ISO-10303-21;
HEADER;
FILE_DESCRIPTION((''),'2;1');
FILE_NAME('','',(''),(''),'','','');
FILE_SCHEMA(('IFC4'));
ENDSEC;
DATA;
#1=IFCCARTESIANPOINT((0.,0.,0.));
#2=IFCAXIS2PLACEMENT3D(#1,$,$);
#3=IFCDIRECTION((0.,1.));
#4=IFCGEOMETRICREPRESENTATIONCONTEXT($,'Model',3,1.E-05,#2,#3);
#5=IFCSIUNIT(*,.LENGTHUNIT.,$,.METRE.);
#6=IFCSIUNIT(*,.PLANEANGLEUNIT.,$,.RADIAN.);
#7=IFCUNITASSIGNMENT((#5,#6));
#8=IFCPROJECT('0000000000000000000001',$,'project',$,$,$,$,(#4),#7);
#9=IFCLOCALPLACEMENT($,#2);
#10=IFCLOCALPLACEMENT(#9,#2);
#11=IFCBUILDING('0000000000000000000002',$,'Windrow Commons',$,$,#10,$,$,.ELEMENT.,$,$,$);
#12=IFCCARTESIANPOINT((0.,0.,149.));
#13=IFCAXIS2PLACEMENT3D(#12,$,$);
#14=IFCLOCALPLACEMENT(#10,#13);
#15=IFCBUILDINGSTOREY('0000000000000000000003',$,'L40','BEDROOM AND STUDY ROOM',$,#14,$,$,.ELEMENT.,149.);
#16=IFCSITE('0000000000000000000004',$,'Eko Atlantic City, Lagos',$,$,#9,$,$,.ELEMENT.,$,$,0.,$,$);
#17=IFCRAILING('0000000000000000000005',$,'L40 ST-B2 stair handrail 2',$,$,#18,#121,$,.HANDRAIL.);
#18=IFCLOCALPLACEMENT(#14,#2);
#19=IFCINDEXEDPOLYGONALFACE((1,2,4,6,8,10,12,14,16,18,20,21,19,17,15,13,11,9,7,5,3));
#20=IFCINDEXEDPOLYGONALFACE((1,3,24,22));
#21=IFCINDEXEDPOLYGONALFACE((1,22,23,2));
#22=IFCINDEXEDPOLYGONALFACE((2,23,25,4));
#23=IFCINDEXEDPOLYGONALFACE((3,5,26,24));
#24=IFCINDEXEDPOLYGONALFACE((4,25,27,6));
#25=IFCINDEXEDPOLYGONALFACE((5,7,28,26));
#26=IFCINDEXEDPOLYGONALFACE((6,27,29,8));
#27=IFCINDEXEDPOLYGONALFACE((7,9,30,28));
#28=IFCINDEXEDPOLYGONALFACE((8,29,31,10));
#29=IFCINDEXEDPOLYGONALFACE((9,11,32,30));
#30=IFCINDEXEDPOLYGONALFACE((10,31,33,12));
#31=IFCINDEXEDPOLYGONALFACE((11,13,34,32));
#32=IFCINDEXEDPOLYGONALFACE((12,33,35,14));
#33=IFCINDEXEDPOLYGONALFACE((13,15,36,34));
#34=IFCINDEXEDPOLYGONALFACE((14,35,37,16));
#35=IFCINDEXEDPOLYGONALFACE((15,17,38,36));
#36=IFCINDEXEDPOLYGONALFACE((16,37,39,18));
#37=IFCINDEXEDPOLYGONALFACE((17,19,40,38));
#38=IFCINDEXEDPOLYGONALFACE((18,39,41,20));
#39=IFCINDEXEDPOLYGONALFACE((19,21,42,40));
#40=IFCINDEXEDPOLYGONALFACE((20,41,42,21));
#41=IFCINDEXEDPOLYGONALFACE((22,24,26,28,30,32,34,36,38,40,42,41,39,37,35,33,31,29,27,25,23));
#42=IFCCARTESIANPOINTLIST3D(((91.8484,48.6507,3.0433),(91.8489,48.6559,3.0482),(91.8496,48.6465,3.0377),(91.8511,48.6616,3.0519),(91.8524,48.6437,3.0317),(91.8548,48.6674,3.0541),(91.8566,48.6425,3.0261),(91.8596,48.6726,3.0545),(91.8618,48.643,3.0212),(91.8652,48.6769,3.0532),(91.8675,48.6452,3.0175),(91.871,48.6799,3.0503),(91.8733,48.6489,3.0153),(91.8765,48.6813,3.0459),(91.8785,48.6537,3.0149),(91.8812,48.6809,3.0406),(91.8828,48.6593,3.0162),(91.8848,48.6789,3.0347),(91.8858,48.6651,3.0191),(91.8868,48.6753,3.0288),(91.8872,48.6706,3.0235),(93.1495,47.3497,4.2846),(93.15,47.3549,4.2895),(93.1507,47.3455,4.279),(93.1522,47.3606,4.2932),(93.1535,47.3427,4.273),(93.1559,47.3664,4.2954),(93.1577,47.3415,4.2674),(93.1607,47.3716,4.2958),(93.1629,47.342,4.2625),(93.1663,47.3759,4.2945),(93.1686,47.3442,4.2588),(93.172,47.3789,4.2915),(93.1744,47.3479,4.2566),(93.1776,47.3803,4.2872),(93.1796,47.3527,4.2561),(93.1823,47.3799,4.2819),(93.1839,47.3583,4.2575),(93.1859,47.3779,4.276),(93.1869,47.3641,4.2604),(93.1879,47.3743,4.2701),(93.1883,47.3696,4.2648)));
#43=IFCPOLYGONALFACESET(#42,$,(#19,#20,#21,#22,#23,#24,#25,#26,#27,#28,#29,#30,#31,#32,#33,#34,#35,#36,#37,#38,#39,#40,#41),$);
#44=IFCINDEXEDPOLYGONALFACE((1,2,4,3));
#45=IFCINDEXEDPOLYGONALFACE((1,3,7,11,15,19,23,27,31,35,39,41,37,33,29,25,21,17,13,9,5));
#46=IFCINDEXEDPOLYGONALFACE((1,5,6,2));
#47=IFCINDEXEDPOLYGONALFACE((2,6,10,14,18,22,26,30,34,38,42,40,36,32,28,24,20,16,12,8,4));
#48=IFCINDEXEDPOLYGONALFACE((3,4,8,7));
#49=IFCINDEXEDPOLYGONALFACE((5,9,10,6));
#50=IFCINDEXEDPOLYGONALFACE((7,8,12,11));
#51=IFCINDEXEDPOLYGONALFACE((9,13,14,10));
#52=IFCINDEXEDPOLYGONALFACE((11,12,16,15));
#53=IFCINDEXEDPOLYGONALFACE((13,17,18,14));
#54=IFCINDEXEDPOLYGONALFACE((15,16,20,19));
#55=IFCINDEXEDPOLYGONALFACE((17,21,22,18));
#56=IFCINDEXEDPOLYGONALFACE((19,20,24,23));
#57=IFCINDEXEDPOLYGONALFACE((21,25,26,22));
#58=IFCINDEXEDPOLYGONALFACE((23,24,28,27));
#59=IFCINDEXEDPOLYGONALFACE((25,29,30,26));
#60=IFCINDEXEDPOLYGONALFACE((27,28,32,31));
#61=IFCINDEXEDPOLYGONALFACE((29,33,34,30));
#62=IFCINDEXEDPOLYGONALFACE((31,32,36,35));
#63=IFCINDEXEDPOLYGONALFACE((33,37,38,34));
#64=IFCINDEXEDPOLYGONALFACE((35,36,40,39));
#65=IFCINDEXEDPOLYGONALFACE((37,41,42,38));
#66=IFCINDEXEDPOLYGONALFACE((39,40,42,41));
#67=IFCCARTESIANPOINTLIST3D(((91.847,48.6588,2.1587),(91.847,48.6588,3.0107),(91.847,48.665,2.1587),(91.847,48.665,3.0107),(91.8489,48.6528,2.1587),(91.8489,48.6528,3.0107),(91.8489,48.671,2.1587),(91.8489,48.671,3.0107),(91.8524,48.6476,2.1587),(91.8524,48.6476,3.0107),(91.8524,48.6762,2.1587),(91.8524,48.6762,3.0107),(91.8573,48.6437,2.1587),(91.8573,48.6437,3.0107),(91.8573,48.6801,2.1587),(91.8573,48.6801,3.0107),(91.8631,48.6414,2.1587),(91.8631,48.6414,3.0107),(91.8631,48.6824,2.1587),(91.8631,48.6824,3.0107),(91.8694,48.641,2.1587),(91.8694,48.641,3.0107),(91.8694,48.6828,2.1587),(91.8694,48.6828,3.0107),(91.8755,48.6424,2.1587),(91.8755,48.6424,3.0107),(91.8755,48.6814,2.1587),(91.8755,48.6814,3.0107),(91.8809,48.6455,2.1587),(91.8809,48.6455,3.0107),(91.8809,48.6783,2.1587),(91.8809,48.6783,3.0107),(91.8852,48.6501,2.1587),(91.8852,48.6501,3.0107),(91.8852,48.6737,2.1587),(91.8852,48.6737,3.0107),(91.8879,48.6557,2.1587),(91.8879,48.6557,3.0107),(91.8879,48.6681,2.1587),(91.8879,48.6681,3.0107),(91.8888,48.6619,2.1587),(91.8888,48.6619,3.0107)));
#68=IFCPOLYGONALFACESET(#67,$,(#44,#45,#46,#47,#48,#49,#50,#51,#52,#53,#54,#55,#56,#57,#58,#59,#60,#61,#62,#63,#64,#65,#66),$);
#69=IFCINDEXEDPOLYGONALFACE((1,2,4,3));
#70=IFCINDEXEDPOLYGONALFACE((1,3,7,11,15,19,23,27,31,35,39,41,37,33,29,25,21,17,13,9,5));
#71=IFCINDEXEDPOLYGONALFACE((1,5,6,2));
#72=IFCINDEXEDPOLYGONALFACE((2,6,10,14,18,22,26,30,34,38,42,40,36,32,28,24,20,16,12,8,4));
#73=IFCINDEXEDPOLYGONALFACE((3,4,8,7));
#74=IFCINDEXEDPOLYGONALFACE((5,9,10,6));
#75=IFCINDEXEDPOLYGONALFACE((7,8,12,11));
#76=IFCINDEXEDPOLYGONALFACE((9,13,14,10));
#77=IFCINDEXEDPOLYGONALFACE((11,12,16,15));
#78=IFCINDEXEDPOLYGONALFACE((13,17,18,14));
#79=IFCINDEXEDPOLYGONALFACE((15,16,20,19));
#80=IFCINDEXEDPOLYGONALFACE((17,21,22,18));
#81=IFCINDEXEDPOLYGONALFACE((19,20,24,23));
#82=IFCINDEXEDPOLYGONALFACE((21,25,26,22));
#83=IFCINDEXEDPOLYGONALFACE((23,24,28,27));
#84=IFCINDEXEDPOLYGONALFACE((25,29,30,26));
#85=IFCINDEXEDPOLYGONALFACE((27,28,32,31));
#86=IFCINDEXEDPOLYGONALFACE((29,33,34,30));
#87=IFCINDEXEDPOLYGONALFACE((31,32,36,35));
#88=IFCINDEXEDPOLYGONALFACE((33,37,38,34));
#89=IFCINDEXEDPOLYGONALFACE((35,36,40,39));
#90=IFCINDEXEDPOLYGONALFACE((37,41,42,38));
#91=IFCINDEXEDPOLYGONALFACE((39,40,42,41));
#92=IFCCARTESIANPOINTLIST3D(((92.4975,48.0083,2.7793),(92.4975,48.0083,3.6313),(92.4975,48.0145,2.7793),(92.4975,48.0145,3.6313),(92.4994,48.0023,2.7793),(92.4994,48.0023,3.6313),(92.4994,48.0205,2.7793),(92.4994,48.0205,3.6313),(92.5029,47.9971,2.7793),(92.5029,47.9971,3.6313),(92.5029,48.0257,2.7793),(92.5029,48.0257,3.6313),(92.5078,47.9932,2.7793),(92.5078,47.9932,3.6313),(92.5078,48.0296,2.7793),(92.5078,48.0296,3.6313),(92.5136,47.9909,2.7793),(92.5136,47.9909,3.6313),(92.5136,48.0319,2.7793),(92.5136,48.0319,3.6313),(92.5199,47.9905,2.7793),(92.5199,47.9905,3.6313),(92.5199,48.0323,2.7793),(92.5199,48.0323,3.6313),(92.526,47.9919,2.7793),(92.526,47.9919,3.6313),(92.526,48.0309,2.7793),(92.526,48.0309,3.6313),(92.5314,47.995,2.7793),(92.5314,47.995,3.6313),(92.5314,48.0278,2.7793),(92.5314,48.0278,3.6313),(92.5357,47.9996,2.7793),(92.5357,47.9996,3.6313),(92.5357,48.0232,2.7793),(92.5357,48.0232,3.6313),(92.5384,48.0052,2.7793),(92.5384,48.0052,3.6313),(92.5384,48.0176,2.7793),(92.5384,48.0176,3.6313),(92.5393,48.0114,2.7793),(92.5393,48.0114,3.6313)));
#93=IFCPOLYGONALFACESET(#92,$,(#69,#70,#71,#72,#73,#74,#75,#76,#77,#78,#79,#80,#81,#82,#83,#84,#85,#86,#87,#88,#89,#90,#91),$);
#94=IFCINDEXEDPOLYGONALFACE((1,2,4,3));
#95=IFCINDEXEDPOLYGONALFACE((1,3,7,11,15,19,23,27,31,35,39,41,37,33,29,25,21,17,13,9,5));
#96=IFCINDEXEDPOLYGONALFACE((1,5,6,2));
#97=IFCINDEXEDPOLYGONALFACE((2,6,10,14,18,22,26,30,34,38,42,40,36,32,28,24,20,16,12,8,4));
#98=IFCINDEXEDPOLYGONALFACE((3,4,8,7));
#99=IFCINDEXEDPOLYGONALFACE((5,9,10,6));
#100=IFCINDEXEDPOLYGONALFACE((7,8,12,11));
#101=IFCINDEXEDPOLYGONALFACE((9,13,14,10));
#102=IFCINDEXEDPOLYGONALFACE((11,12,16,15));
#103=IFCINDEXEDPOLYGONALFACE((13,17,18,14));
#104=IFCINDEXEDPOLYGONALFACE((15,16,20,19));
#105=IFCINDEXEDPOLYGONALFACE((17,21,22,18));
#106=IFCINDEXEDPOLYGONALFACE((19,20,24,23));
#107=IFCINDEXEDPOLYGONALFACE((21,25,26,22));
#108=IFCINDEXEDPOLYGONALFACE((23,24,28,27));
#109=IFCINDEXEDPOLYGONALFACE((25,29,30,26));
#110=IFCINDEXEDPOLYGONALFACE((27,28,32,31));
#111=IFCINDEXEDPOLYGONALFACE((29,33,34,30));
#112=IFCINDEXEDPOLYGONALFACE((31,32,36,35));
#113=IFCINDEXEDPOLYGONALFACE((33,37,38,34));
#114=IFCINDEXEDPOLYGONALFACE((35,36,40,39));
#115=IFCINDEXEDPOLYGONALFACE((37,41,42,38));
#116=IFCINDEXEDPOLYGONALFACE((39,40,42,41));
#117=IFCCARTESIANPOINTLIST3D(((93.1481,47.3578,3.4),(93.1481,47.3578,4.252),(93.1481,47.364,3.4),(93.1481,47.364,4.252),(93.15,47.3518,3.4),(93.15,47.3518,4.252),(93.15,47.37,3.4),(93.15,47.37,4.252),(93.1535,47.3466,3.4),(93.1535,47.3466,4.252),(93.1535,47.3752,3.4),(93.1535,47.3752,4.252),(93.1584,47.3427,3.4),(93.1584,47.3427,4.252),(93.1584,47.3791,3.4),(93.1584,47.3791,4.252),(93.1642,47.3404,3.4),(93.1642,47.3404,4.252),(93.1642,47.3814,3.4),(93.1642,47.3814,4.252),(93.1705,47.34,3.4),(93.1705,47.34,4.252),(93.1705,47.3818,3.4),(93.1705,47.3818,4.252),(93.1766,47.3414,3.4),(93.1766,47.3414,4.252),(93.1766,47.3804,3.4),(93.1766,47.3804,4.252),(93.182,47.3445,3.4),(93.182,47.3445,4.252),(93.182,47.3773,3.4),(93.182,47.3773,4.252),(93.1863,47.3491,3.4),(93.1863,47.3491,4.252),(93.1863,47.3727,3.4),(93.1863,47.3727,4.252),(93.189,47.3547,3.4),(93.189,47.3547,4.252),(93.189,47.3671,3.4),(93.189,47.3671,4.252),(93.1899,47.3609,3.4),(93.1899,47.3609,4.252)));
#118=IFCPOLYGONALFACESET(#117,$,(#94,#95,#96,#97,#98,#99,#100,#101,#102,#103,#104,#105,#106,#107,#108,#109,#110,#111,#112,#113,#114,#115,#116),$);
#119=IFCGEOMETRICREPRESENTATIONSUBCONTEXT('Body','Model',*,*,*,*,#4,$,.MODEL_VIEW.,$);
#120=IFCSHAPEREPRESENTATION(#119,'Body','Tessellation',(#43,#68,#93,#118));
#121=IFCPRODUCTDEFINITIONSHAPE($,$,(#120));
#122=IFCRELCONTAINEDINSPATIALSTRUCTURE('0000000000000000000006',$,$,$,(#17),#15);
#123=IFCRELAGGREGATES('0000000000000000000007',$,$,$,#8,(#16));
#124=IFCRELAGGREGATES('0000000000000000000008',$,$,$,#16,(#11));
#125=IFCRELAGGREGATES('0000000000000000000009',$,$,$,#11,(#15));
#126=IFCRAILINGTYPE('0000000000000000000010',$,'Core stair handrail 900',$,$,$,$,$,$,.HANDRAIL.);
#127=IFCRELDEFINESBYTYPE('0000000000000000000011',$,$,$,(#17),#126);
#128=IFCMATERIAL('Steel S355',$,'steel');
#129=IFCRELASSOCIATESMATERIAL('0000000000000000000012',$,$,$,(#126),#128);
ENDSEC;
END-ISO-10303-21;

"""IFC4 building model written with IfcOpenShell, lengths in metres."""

from ifc_helpers import new_model, si_unit, direction, frame, origin, origin_2d, place, context, subcontext, project, spatial, circle, extrude, material, type_object, element, save


model = new_model("IFC4")

# Units and contexts
model_context = context("Model", 3, precision=1e-05, world=origin(), true_north=direction((0.0, 1.0)))
body_context = subcontext(model_context, "Body", "Model", "MODEL_VIEW")
ifc_project = project(units=[si_unit("LENGTHUNIT", "METRE"), si_unit("PLANEANGLEUNIT", "RADIAN")], contexts=[model_context])

# Site, building, storey
site_placement = place(None, origin())
site = spatial("IfcSite", under=ifc_project, at=site_placement, Name="Eko Atlantic City, Lagos", CompositionType="ELEMENT", RefElevation=0.0)
building_placement = place(site_placement, origin())
building = spatial("IfcBuilding", under=site, at=building_placement, Name="Windrow Commons", CompositionType="ELEMENT")
storey_placement = place(building_placement, frame((0.0, 0.0, 149.0)))
storey = spatial("IfcBuildingStorey", under=building, at=storey_placement, Name="L40", Description="BEDROOM AND STUDY ROOM", CompositionType="ELEMENT", Elevation=149.0)

# Railing
ifc_material_1 = material(Name="Steel S355", Category="steel")
railing_type = type_object("IfcRailingType", Name="Core stair handrail 900", PredefinedType="HANDRAIL", material=ifc_material_1)
railing_placement = place(storey_placement, frame((91.8678, 48.6619, 2.1587)))
element("IfcRailing", 1, at=railing_placement, inside=storey, type_object=railing_type, Name="L40 ST-B2 stair handrail 2", PredefinedType="HANDRAIL", context=body_context, shape_type="SweptSolid", body=[
    extrude(circle(Radius=0.024, at=origin_2d()), frame((0.0, 0.0, 0.876), z_axis=(0.586207, -0.586162, 0.559264), x_axis=(0.70708, 0.707134, 0.0)), (0.0, 0.0, 1.0), 2.2195),
    extrude(circle(Radius=0.021, at=origin_2d()), origin(), (0.0, 0.0, 1.0), 0.852),
    extrude(circle(Radius=0.021, at=origin_2d()), frame((0.6505, -0.6505, 0.6206)), (0.0, 0.0, 1.0), 0.852),
    extrude(circle(Radius=0.021, at=origin_2d()), frame((1.3011, -1.301, 1.2413)), (0.0, 0.0, 1.0), 0.852),
])

save(model, "model.ifc")
